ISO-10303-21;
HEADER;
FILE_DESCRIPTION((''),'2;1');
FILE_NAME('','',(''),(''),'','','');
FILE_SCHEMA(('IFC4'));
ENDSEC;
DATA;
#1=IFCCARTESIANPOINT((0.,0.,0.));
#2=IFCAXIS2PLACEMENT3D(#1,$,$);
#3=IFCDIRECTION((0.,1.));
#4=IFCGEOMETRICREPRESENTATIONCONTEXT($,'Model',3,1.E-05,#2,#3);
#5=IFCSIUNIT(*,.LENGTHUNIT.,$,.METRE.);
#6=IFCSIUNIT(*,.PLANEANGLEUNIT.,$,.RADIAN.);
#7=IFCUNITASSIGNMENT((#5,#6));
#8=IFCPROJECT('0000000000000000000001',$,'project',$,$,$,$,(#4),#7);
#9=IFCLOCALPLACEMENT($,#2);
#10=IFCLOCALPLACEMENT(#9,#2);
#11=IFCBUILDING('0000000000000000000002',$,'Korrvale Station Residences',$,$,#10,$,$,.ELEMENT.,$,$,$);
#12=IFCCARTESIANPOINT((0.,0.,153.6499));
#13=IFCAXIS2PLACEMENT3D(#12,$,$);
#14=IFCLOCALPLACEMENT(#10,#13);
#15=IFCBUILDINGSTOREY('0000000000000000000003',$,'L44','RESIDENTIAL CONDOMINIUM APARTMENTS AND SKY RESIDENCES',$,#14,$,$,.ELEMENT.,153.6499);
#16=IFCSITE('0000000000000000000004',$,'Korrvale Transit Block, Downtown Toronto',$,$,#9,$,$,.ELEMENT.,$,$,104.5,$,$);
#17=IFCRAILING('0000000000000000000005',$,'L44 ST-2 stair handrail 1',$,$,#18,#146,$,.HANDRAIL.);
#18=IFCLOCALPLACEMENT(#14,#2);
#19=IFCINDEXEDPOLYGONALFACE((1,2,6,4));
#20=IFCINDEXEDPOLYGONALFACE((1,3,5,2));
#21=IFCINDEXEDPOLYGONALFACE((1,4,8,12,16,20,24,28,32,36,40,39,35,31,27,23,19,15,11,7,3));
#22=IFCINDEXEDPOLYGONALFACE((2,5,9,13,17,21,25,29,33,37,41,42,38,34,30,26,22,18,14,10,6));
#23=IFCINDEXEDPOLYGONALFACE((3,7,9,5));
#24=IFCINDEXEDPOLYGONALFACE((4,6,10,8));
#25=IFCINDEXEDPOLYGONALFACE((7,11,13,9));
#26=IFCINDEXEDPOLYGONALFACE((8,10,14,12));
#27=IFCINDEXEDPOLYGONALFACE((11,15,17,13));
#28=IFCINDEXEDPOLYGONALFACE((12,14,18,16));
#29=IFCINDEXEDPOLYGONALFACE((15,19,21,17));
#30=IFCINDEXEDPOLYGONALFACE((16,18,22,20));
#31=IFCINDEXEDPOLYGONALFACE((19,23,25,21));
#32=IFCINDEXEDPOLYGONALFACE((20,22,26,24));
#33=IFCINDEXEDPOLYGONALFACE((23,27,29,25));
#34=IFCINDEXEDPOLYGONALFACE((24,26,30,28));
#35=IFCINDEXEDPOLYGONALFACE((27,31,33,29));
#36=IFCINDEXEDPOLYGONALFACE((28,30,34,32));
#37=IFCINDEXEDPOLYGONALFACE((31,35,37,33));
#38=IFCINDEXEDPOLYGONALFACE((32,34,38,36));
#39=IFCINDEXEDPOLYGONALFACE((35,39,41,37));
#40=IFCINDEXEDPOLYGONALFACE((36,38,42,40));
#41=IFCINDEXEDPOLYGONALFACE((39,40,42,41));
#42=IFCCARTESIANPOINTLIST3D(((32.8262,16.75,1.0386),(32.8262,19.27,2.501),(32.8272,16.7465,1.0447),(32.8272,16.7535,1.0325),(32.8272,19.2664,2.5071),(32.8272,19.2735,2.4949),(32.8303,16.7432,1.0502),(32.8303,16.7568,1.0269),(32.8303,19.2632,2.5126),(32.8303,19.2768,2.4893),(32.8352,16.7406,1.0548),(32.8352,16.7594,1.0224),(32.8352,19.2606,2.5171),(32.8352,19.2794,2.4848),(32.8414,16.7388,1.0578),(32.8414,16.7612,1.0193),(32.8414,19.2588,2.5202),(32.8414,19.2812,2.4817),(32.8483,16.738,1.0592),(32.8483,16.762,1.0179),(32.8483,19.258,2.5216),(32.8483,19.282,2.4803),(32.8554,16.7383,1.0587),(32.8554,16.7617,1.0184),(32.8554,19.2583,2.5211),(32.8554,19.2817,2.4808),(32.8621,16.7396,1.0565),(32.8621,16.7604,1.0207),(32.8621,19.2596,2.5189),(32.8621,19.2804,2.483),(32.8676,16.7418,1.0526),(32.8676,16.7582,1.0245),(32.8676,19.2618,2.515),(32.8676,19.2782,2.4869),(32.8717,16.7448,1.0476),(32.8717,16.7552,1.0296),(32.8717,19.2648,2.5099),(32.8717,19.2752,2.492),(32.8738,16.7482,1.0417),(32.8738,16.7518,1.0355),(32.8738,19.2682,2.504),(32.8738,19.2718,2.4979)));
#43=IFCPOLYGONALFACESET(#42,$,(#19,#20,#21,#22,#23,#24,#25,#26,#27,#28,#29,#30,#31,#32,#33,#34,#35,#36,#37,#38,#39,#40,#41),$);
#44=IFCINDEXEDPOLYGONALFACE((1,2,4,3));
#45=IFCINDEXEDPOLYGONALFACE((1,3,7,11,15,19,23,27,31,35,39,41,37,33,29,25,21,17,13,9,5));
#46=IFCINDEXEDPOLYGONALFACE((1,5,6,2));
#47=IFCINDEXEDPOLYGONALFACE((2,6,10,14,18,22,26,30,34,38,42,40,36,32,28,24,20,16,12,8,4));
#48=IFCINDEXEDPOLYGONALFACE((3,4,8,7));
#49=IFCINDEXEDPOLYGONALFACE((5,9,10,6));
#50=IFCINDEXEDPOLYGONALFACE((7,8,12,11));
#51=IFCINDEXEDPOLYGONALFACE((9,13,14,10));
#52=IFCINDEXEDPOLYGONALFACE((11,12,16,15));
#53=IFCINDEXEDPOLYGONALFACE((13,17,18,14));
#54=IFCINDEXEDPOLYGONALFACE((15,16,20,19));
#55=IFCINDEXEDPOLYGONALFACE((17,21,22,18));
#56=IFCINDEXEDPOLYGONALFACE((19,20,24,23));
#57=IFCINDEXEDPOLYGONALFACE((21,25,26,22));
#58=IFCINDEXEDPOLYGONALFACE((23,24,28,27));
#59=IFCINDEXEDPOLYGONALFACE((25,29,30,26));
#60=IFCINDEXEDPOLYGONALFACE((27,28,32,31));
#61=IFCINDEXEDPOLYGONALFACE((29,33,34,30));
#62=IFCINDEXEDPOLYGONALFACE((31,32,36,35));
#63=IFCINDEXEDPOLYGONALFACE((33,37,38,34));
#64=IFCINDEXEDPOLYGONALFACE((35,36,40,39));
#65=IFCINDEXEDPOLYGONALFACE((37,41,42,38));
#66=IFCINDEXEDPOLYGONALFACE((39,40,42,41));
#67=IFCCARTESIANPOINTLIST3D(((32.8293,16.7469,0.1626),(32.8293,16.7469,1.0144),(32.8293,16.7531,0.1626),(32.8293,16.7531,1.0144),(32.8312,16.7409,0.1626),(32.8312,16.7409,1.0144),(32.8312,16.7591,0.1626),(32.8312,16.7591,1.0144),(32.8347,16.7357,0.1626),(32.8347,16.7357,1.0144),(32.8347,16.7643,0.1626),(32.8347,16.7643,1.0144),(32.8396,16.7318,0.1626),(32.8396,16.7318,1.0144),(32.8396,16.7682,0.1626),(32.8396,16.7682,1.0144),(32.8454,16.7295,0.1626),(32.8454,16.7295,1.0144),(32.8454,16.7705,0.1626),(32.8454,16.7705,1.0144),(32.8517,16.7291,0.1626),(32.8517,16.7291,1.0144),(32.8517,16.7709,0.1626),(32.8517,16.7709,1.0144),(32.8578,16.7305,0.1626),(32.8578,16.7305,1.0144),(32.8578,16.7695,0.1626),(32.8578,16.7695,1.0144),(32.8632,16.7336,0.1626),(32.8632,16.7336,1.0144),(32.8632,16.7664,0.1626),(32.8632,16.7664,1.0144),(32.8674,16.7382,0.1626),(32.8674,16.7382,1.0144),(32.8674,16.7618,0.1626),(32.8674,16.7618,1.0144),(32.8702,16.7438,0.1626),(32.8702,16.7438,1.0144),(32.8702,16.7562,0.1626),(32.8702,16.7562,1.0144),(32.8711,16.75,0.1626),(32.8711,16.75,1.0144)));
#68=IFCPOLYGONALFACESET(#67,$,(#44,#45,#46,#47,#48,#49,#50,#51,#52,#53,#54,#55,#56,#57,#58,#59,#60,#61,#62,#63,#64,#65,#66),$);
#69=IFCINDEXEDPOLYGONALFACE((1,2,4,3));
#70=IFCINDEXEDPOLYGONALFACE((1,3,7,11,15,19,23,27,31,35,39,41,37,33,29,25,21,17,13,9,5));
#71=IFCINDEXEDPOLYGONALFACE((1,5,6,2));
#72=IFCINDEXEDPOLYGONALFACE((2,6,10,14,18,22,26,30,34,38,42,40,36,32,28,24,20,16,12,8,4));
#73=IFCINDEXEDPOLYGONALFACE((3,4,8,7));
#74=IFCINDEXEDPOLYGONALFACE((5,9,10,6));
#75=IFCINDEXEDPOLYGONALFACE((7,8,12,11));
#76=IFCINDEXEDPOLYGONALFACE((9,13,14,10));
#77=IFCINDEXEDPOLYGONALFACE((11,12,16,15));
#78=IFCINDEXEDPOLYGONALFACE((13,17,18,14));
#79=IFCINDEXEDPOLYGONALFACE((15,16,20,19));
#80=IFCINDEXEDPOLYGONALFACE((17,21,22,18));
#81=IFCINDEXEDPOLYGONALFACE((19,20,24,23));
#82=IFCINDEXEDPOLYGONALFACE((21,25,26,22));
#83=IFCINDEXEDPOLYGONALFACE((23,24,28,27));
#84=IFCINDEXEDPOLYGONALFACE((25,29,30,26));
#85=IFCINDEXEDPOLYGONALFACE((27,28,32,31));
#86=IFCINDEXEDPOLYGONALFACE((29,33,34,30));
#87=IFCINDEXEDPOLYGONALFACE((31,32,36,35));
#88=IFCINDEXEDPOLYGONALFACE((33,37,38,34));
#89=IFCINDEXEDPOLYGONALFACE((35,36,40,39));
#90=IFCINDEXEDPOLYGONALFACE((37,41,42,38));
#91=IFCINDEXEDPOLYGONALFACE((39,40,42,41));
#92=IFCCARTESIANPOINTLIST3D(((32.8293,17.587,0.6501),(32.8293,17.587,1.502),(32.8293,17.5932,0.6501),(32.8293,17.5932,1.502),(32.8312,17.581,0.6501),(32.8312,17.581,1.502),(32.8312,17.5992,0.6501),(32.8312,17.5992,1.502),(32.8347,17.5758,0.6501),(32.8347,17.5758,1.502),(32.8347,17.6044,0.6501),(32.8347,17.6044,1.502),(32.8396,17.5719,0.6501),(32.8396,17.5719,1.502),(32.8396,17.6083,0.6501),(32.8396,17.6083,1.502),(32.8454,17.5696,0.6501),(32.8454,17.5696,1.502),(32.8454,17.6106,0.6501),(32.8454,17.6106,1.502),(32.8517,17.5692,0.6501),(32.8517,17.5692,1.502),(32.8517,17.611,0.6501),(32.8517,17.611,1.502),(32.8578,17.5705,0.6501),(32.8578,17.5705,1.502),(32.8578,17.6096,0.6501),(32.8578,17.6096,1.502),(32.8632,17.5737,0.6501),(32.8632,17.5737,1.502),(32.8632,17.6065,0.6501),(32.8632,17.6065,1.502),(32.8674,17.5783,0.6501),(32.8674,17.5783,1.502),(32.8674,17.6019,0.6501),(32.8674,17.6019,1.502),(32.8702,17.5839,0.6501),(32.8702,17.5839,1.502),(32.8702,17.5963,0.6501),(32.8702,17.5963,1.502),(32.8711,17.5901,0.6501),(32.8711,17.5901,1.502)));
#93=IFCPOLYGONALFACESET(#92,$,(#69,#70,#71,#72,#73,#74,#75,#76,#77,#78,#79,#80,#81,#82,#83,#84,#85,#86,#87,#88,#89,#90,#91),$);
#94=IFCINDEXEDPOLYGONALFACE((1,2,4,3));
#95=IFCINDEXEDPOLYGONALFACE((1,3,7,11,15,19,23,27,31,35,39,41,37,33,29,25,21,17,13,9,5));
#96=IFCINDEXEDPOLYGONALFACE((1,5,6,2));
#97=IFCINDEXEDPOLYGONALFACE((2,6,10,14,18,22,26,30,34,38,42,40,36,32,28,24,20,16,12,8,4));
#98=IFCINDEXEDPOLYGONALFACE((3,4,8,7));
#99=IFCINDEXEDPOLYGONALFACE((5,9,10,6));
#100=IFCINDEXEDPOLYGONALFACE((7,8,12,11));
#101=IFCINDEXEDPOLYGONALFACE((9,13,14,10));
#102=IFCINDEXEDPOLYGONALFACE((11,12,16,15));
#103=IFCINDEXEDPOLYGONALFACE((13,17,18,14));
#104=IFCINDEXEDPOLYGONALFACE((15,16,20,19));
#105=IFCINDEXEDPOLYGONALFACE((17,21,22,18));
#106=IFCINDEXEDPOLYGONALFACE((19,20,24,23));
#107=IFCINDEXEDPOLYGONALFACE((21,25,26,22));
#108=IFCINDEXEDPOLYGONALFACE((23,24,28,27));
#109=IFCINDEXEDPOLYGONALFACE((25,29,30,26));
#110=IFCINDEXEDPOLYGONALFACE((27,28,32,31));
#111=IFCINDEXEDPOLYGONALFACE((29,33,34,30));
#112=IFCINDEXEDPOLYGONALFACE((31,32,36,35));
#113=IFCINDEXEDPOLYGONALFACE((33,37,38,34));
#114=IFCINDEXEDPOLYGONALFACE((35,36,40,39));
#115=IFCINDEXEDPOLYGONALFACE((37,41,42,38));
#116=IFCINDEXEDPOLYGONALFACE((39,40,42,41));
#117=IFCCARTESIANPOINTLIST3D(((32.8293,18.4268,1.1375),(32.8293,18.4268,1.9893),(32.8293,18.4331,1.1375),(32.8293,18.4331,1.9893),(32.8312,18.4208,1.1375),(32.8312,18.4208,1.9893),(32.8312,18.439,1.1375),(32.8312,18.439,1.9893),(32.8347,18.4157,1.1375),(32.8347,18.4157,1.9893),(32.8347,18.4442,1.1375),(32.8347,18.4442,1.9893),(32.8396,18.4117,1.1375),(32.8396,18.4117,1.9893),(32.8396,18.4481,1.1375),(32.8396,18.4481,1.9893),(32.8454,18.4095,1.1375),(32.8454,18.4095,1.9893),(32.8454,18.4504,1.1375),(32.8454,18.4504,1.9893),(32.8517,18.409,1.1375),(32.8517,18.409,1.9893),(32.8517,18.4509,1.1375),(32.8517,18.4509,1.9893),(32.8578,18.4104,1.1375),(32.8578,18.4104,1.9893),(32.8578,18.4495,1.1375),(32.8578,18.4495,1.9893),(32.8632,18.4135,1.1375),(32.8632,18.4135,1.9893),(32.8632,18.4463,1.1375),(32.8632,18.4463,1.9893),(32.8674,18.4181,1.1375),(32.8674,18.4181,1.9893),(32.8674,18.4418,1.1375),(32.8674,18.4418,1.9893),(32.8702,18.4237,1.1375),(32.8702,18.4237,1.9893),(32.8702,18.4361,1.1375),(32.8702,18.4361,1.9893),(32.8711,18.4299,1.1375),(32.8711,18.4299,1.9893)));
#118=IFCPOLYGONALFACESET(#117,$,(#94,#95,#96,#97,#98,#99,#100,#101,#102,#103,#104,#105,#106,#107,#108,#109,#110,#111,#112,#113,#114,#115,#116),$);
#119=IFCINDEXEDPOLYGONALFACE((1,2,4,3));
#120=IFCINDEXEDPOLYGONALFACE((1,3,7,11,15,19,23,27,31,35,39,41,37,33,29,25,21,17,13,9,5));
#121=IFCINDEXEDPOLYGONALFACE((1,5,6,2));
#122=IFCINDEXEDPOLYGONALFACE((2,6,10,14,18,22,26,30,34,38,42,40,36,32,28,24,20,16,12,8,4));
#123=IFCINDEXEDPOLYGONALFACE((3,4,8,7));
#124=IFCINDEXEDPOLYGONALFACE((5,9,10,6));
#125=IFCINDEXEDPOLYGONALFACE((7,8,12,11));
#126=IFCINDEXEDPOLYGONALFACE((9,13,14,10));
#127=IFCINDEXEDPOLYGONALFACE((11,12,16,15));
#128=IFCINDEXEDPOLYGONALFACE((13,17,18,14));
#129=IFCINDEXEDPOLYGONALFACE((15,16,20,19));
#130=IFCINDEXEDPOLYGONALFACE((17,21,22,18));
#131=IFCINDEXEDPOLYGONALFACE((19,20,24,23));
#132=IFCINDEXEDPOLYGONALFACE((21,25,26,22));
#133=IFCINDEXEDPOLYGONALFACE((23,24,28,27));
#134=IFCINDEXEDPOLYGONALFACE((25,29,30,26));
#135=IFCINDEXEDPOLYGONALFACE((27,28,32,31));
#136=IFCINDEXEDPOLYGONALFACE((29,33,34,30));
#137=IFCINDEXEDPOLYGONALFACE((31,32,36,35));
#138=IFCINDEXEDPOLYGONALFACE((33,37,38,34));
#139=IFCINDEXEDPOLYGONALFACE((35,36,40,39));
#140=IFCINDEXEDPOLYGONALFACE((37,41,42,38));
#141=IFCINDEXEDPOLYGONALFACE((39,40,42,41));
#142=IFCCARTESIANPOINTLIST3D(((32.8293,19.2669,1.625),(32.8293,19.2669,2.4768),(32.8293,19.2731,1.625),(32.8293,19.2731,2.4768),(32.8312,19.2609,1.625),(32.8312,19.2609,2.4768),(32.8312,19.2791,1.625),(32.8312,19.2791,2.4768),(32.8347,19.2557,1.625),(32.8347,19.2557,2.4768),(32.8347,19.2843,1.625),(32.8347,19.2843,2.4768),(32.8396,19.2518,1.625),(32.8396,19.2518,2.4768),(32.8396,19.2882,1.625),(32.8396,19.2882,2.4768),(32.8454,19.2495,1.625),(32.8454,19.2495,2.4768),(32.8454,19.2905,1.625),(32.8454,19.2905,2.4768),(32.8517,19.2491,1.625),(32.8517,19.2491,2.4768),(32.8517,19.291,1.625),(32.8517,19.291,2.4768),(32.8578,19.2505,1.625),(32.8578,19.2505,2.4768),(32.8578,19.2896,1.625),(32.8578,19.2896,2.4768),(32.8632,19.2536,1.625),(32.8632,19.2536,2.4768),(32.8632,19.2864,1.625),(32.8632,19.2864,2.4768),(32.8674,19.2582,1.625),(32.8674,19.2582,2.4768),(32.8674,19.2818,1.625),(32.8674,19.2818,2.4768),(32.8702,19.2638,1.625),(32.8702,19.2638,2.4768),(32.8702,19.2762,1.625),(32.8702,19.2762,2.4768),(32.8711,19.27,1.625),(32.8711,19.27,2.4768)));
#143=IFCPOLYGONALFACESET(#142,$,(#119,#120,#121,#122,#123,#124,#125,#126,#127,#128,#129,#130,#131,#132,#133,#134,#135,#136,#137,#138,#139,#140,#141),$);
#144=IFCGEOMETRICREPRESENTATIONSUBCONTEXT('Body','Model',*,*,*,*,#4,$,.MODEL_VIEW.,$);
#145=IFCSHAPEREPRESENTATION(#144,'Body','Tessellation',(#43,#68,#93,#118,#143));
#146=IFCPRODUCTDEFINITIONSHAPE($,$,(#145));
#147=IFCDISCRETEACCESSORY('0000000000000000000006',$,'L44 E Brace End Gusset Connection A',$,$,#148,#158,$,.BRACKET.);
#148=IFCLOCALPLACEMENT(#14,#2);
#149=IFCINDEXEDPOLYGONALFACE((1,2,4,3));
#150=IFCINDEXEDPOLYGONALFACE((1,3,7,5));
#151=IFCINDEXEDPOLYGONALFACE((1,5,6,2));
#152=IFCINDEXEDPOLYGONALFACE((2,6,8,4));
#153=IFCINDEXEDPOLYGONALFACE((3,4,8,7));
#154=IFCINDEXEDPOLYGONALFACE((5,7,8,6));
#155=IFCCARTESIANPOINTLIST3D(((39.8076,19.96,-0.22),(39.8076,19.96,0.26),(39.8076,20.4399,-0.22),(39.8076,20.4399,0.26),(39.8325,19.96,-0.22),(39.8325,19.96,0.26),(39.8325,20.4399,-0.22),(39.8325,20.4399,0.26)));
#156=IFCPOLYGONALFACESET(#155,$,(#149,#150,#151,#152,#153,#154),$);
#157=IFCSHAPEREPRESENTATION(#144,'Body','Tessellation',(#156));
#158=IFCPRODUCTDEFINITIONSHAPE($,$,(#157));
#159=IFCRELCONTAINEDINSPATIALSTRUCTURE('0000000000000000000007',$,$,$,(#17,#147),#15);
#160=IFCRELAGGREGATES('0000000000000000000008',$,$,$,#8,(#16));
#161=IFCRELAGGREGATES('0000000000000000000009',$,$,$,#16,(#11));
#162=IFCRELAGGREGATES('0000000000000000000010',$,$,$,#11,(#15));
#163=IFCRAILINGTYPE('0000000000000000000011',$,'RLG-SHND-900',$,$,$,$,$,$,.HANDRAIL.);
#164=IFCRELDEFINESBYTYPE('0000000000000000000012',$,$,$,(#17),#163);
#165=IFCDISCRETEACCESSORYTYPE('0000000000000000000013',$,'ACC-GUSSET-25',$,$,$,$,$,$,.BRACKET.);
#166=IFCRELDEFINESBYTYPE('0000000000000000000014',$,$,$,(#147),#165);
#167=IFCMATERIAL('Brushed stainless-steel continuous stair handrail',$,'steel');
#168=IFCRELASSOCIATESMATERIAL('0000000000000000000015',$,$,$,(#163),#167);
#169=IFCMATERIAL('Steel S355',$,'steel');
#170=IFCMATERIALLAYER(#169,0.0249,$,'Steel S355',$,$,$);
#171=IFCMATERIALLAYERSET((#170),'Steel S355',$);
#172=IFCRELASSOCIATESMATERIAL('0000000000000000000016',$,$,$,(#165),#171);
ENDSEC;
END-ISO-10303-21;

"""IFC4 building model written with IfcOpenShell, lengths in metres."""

from ifc_helpers import new_model, si_unit, direction, frame, origin, origin_2d, place, context, subcontext, project, spatial, rectangle, circle, extrude, material, layer, layer_set, type_object, element, save


model = new_model("IFC4")

# Units and contexts
model_context = context("Model", 3, precision=1e-05, world=origin(), true_north=direction((0.0, 1.0)))
body_context = subcontext(model_context, "Body", "Model", "MODEL_VIEW")
ifc_project = project(units=[si_unit("LENGTHUNIT", "METRE"), si_unit("PLANEANGLEUNIT", "RADIAN")], contexts=[model_context])

# Site, building, storey
site_placement = place(None, origin())
site = spatial("IfcSite", under=ifc_project, at=site_placement, Name="Korrvale Transit Block, Downtown Toronto", CompositionType="ELEMENT", RefElevation=104.5)
building_placement = place(site_placement, origin())
building = spatial("IfcBuilding", under=site, at=building_placement, Name="Korrvale Station Residences", CompositionType="ELEMENT")
storey_placement = place(building_placement, frame((0.0, 0.0, 153.6499)))
storey = spatial("IfcBuildingStorey", under=building, at=storey_placement, Name="L44", Description="RESIDENTIAL CONDOMINIUM APARTMENTS AND SKY RESIDENCES", CompositionType="ELEMENT", Elevation=153.6499)

# Shared definitions
ifc_material_1 = material(Name="Steel S355", Category="steel")

# Railing
ifc_material_2 = material(Name="Brushed stainless-steel continuous stair handrail", Category="steel")
railing_type = type_object("IfcRailingType", Name="RLG-SHND-900", PredefinedType="HANDRAIL", material=ifc_material_2)
railing_placement = place(storey_placement, frame((32.8501, 16.75, 0.1626)))
element("IfcRailing", 1, at=railing_placement, inside=storey, type_object=railing_type, Name="L44 ST-2 stair handrail 1", PredefinedType="HANDRAIL", context=body_context, shape_type="SweptSolid", body=[
    extrude(circle(Radius=0.0239, at=origin_2d()), frame((0.0, 0.0, 0.876), z_axis=(0.0, 0.864913, 0.501921), x_axis=(-1.0, 0.0, 0.0)), (0.0, 0.0, 1.0), 2.9136),
    extrude(circle(Radius=0.021, at=origin_2d()), origin(), (0.0, 0.0, 1.0), 0.8518),
    extrude(circle(Radius=0.021, at=origin_2d()), frame((0.0, 0.8401, 0.4875)), (0.0, 0.0, 1.0), 0.8518),
    extrude(circle(Radius=0.021, at=origin_2d()), frame((0.0, 1.6799, 0.9749)), (0.0, 0.0, 1.0), 0.8518),
    extrude(circle(Radius=0.021, at=origin_2d()), frame((0.0, 2.52, 1.4624)), (0.0, 0.0, 1.0), 0.8518),
])

# Discrete accessory
ifc_layer_1 = layer(ifc_material_1, 0.0249, Name="Steel S355")
ifc_layer_set_1 = layer_set([ifc_layer_1], Name="Steel S355")
discrete_accessory_type = type_object("IfcDiscreteAccessoryType", Name="ACC-GUSSET-25", PredefinedType="BRACKET", material=ifc_layer_set_1)
discrete_accessory_placement = place(storey_placement, frame((39.8201, 20.2, -0.22), z_axis=(0.0, 0.0, 1.0), x_axis=(0.0, 1.0, 0.0)))
element("IfcDiscreteAccessory", 2, at=discrete_accessory_placement, inside=storey, type_object=discrete_accessory_type, Name="L44 E Brace End Gusset Connection A", PredefinedType="BRACKET", context=body_context, shape_type="SweptSolid", body=[
    extrude(rectangle(XDim=0.48, YDim=0.0249, at=origin_2d()), origin(), (0.0, 0.0, 1.0), 0.48),
])

save(model, "model.ifc")
